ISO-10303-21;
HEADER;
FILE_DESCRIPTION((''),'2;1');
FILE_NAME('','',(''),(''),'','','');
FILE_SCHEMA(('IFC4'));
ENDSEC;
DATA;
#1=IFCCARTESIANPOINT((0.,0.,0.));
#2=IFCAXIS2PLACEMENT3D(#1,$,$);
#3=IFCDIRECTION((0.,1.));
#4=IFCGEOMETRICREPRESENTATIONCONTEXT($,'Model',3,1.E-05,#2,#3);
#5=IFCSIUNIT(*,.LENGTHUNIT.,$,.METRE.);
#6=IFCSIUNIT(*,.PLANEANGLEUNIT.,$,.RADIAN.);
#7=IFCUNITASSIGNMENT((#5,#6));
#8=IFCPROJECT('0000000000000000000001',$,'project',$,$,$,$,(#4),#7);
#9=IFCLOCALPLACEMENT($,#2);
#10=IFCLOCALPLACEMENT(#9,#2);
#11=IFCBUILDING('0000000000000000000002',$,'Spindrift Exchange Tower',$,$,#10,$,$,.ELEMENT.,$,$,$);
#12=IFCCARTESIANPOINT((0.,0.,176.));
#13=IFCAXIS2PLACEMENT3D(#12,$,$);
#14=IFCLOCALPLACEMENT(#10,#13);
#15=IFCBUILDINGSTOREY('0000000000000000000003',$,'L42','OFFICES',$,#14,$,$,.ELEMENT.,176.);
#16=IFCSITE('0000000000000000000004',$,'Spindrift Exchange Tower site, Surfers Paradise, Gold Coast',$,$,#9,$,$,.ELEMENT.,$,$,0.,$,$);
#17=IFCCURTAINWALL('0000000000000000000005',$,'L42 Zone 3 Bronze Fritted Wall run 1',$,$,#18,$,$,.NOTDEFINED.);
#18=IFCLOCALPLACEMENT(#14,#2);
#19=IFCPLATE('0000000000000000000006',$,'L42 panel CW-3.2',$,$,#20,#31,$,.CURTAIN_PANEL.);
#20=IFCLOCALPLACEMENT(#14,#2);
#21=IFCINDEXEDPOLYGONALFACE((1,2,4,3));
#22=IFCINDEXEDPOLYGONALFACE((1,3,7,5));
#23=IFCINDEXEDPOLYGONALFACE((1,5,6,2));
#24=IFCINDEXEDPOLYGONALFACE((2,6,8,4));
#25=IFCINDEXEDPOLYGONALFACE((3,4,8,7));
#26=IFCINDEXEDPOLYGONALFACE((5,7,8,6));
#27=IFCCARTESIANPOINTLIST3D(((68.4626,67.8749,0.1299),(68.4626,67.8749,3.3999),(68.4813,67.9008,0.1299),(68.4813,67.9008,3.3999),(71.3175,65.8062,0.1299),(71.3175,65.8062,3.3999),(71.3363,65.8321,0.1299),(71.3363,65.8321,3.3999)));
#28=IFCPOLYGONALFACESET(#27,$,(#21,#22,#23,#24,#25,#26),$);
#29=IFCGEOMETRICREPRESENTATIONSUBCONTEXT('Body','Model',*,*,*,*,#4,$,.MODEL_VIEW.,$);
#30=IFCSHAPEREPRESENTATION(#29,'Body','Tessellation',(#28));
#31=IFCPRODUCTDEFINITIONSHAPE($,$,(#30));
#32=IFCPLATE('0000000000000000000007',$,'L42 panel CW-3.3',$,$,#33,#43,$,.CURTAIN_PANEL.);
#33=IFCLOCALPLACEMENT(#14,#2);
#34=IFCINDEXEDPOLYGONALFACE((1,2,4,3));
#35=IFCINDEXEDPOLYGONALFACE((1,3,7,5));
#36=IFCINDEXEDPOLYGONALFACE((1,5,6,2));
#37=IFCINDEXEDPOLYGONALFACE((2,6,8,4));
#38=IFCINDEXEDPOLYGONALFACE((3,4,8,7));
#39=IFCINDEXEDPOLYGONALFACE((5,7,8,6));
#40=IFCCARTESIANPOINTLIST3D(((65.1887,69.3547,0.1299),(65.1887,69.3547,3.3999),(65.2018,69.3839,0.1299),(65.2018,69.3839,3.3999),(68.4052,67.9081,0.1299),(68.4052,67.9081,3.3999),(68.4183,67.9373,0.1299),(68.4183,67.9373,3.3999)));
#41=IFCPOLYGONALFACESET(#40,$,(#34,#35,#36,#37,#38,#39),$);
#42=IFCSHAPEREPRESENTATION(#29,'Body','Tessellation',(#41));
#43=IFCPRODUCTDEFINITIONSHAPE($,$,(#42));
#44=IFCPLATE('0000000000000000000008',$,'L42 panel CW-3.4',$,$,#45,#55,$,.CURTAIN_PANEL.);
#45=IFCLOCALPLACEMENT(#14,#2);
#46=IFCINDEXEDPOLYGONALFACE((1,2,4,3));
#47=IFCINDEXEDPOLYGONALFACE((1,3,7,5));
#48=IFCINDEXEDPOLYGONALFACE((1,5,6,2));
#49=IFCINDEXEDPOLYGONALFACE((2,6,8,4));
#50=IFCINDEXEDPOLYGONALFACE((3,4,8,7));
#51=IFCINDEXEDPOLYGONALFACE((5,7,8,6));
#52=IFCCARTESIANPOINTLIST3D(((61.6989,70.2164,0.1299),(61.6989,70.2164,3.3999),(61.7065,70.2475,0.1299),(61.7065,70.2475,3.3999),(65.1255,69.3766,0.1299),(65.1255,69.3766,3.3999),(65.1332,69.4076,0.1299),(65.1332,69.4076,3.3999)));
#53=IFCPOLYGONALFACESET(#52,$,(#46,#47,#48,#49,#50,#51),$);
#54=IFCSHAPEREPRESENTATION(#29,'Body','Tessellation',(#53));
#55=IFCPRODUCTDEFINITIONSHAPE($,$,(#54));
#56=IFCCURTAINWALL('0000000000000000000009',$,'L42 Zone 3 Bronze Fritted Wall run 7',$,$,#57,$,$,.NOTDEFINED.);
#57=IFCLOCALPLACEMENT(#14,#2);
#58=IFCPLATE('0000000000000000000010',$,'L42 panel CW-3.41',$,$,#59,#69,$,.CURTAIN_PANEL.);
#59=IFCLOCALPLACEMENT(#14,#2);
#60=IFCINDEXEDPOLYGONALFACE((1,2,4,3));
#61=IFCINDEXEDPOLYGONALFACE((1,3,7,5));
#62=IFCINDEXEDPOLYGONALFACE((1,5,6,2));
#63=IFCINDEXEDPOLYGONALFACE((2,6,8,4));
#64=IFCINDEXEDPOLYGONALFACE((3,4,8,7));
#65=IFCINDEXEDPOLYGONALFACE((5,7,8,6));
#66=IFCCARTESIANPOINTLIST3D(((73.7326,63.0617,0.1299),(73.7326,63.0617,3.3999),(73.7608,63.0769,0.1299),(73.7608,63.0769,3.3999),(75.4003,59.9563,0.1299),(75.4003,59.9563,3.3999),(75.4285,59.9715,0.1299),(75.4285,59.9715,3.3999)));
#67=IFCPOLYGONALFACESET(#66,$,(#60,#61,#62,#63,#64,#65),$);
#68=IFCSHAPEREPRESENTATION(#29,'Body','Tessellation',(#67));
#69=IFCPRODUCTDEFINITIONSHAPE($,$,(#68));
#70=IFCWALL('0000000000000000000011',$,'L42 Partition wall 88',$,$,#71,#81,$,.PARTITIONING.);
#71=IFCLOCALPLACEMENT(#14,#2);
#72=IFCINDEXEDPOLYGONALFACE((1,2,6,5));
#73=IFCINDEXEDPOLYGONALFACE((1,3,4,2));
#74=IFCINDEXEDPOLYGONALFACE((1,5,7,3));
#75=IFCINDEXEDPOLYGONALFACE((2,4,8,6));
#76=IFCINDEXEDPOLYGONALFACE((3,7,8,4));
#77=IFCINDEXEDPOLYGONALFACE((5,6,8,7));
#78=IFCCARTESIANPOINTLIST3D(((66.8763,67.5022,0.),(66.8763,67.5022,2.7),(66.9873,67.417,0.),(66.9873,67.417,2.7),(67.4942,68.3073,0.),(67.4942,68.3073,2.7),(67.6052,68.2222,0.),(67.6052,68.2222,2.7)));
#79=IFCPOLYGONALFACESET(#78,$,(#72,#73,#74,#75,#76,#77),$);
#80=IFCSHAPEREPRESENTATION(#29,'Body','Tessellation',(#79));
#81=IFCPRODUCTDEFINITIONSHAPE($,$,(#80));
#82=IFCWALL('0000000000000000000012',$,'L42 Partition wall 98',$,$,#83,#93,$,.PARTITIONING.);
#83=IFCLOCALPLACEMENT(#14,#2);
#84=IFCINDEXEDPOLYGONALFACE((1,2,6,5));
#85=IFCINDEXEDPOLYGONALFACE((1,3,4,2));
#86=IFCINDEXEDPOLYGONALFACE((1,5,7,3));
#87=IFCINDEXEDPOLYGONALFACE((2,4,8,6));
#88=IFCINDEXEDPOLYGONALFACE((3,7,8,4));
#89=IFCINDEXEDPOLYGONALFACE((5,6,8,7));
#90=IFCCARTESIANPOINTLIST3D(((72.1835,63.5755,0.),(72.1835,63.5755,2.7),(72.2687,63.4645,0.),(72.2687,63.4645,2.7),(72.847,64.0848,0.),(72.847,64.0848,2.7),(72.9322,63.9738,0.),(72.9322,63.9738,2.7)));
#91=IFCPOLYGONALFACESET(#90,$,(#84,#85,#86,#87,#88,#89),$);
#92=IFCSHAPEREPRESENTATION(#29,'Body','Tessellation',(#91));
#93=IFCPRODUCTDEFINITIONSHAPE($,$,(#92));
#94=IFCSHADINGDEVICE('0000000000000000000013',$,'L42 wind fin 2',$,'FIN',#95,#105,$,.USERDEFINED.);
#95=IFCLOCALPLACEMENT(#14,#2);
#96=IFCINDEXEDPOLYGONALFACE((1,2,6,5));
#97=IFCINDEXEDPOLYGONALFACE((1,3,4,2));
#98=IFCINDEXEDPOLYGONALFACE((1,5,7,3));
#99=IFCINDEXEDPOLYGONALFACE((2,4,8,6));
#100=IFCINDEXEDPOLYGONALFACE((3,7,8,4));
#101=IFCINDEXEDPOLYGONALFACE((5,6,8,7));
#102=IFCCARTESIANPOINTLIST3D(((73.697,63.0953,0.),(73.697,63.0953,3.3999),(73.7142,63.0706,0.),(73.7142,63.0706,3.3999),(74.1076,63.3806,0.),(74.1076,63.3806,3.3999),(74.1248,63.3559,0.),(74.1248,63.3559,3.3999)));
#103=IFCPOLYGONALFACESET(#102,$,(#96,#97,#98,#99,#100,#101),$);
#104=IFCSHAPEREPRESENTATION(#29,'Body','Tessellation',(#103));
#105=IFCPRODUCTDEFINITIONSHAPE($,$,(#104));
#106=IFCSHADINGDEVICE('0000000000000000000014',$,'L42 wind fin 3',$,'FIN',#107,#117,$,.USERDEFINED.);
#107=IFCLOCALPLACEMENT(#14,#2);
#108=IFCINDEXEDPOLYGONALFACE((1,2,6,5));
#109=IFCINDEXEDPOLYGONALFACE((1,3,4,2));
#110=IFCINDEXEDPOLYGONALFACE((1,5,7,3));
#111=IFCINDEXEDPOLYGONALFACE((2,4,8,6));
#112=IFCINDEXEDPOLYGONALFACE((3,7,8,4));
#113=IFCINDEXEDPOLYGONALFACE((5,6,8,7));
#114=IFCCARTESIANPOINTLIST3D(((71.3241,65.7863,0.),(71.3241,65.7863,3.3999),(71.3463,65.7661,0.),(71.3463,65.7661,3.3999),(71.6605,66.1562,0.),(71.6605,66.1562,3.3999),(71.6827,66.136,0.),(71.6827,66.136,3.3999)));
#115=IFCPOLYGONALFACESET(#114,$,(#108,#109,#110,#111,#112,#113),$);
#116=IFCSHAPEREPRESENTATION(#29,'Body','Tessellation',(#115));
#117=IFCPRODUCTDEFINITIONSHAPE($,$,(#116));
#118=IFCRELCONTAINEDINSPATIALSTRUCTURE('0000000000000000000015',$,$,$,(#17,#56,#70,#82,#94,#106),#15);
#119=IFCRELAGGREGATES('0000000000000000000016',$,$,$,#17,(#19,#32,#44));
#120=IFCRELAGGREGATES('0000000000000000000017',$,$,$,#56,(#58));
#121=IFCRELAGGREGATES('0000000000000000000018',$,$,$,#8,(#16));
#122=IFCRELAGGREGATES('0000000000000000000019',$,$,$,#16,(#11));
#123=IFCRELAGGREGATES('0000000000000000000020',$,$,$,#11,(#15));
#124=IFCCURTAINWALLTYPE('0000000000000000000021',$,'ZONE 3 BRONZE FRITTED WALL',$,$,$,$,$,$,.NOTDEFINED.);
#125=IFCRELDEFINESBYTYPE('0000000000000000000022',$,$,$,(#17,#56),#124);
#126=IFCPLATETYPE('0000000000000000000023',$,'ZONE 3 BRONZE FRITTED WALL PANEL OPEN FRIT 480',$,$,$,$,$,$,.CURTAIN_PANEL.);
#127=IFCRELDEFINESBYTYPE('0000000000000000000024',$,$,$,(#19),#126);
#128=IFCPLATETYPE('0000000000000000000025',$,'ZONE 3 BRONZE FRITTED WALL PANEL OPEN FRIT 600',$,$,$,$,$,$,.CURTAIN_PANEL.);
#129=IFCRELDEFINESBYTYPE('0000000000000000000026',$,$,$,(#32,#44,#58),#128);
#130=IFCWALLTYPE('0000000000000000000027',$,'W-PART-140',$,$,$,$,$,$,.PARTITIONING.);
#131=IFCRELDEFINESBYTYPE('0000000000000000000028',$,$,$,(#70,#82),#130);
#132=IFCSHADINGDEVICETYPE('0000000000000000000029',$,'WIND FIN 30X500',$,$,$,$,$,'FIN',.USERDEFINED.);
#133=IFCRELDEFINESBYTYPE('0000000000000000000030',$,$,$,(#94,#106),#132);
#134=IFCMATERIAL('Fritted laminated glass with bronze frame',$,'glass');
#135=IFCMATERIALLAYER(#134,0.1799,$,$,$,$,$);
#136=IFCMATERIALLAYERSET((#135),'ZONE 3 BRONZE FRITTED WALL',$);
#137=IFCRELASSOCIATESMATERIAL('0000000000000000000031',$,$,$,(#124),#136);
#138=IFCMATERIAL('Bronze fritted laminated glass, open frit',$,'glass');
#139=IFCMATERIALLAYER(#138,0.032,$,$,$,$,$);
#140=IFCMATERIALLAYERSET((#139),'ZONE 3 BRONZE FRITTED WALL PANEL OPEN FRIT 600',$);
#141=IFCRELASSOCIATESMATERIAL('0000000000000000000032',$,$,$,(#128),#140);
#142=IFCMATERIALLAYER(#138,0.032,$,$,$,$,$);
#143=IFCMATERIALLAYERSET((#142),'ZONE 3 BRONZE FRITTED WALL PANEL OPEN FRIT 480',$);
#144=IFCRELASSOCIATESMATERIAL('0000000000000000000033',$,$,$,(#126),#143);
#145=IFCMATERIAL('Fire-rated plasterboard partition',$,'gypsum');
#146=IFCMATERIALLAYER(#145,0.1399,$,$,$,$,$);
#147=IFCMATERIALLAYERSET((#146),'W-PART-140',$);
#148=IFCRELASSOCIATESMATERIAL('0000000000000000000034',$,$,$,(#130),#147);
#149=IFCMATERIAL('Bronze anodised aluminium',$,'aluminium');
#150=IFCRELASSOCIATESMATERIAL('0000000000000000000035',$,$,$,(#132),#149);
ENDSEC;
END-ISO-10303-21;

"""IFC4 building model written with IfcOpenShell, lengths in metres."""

from ifc_helpers import new_model, si_unit, direction, frame, frame_2d, origin, origin_2d, place, context, subcontext, project, spatial, rectangle, extrude, source, transform, mapped, material, layer, layer_set, material_profile, profile_set, type_object, element, aggregate, save


model = new_model("IFC4")

# Units and contexts
model_context = context("Model", 3, precision=1e-05, world=origin(), true_north=direction((0.0, 1.0)))
body_context = subcontext(model_context, "Body", "Model", "MODEL_VIEW")
ifc_project = project(units=[si_unit("LENGTHUNIT", "METRE"), si_unit("PLANEANGLEUNIT", "RADIAN")], contexts=[model_context])

# Site, building, storey
site_placement = place(None, origin())
site = spatial("IfcSite", under=ifc_project, at=site_placement, Name="Spindrift Exchange Tower site, Surfers Paradise, Gold Coast", CompositionType="ELEMENT", RefElevation=0.0)
building_placement = place(site_placement, origin())
building = spatial("IfcBuilding", under=site, at=building_placement, Name="Spindrift Exchange Tower", CompositionType="ELEMENT")
storey_placement = place(building_placement, frame((0.0, 0.0, 176.0)))
storey = spatial("IfcBuildingStorey", under=building, at=storey_placement, Name="L42", Description="OFFICES", CompositionType="ELEMENT", Elevation=176.0)

# Curtain wall, plates
ifc_material_1 = material(Name="Fritted laminated glass with bronze frame", Category="glass")
ifc_layer_1 = layer(ifc_material_1, 0.1799)
ifc_layer_set_1 = layer_set([ifc_layer_1], Name="ZONE 3 BRONZE FRITTED WALL")
curtain_wall_type = type_object("IfcCurtainWallType", Name="ZONE 3 BRONZE FRITTED WALL", PredefinedType="NOTDEFINED", material=ifc_layer_set_1)
curtain_wall_1_placement = place(storey_placement, origin())
curtain_wall_1 = element("IfcCurtainWall", 1, at=curtain_wall_1_placement, inside=storey, type_object=curtain_wall_type, Name="L42 Zone 3 Bronze Fritted Wall run 1", PredefinedType="NOTDEFINED")
ifc_material_2 = material(Name="Bronze anodised aluminium", Category="aluminium")
ifc_material_3 = material(Name="Bronze fritted laminated glass, open frit", Category="glass")
ifc_layer_2 = layer(ifc_material_3, 0.032)
ifc_layer_set_2 = layer_set([ifc_layer_2], Name="ZONE 3 BRONZE FRITTED WALL PANEL OPEN FRIT 600")
plate_type_1 = type_object("IfcPlateType", Name="ZONE 3 BRONZE FRITTED WALL PANEL OPEN FRIT 600", PredefinedType="CURTAIN_PANEL", material=ifc_layer_set_2)
ifc_layer_3 = layer(ifc_material_3, 0.032)
ifc_layer_set_3 = layer_set([ifc_layer_3], Name="ZONE 3 BRONZE FRITTED WALL PANEL OPEN FRIT 480")
plate_type_2 = type_object("IfcPlateType", Name="ZONE 3 BRONZE FRITTED WALL PANEL OPEN FRIT 480", PredefinedType="CURTAIN_PANEL", material=ifc_layer_set_3)
shared_shape_1 = source(origin(), body_context, "Body", "SweptSolid", [
    extrude(rectangle(XDim=3.5256, YDim=0.032, at=origin_2d()), origin(), (0.0, 0.0, 1.0), 3.27),
])
plate_1_placement = place(storey_placement, frame((69.8994, 66.8535, 0.1299), z_axis=(0.0, 0.0, 1.0), x_axis=(-0.809757, 0.586765, 0.0)))
plate_1 = element("IfcPlate", 2, at=plate_1_placement, type_object=plate_type_2, Name="L42 panel CW-3.2", PredefinedType="CURTAIN_PANEL", context=body_context, shape_type="MappedRepresentation", body=[
    mapped(shared_shape_1, transform((0.0, 0.0, 0.0), scale=1.0)),
])
shared_shape_2 = source(origin(), body_context, "Body", "SweptSolid", [
    extrude(rectangle(XDim=3.5269, YDim=0.032, at=origin_2d()), origin(), (0.0, 0.0, 1.0), 3.27),
])
plate_2_placement = place(storey_placement, frame((66.8035, 68.646, 0.1299), z_axis=(0.0, 0.0, 1.0), x_axis=(-0.912003, 0.410184, 0.0)))
plate_2 = element("IfcPlate", 3, at=plate_2_placement, type_object=plate_type_1, Name="L42 panel CW-3.3", PredefinedType="CURTAIN_PANEL", context=body_context, shape_type="MappedRepresentation", body=[
    mapped(shared_shape_2, transform((0.0, 0.0, 0.0), scale=1.0)),
])
shared_shape_3 = source(origin(), body_context, "Body", "SweptSolid", [
    extrude(rectangle(XDim=3.5281, YDim=0.032, at=origin_2d()), origin(), (0.0, 0.0, 1.0), 3.27),
])
plate_3_placement = place(storey_placement, frame((63.416, 69.812, 0.1299), z_axis=(0.0, 0.0, 1.0), x_axis=(-0.971255, 0.23804, 0.0)))
plate_3 = element("IfcPlate", 4, at=plate_3_placement, type_object=plate_type_1, Name="L42 panel CW-3.4", PredefinedType="CURTAIN_PANEL", context=body_context, shape_type="MappedRepresentation", body=[
    mapped(shared_shape_3, transform((0.0, 0.0, 0.0), scale=1.0)),
])
aggregate(curtain_wall_1, [plate_1, plate_2, plate_3])

# Curtain wall, plate
curtain_wall_2_placement = place(storey_placement, origin())
curtain_wall_2 = element("IfcCurtainWall", 5, at=curtain_wall_2_placement, inside=storey, type_object=curtain_wall_type, Name="L42 Zone 3 Bronze Fritted Wall run 7", PredefinedType="NOTDEFINED")
shared_shape_4 = source(origin(), body_context, "Body", "SweptSolid", [
    extrude(rectangle(XDim=3.5249, YDim=0.032, at=origin_2d()), origin(), (0.0, 0.0, 1.0), 3.27),
])
plate_4_placement = place(storey_placement, frame((74.5806, 61.5166, 0.1299), z_axis=(0.0, 0.0, 1.0), x_axis=(-0.473127, 0.880994, 0.0)))
plate_4 = element("IfcPlate", 6, at=plate_4_placement, type_object=plate_type_1, Name="L42 panel CW-3.41", PredefinedType="CURTAIN_PANEL", context=body_context, shape_type="MappedRepresentation", body=[
    mapped(shared_shape_4, transform((0.0, 0.0, 0.0), scale=1.0)),
])
aggregate(curtain_wall_2, [plate_4])

# Walls
ifc_material_4 = material(Name="Fire-rated plasterboard partition", Category="gypsum")
ifc_layer_4 = layer(ifc_material_4, 0.1399)
ifc_layer_set_4 = layer_set([ifc_layer_4], Name="W-PART-140")
wall_type = type_object("IfcWallType", Name="W-PART-140", PredefinedType="PARTITIONING", material=ifc_layer_set_4)
wall_1_placement = place(storey_placement, frame((66.9319, 67.4597, 0.0), z_axis=(0.0, 0.0, 1.0), x_axis=(0.608815, 0.793312, 0.0)))
element("IfcWall", 7, at=wall_1_placement, inside=storey, type_object=wall_type, Name="L42 Partition wall 88", PredefinedType="PARTITIONING", context=body_context, shape_type="SweptSolid", body=[
    extrude(rectangle(XDim=1.0149, YDim=0.1399, at=frame_2d((0.5073, 0.0))), origin(), (0.0, 0.0, 1.0), 2.7),
])
wall_2_placement = place(storey_placement, frame((72.2261, 63.52, 0.0), z_axis=(0.0, 0.0, 1.0), x_axis=(0.793296, 0.608836, 0.0)))
element("IfcWall", 8, at=wall_2_placement, inside=storey, type_object=wall_type, Name="L42 Partition wall 98", PredefinedType="PARTITIONING", context=body_context, shape_type="SweptSolid", body=[
    extrude(rectangle(XDim=0.8364, YDim=0.1399, at=frame_2d((0.4182, 0.0))), origin(), (0.0, 0.0, 1.0), 2.7),
])

# Shading devices
ifc_material_profile_1 = material_profile(ifc_material_2, rectangle(XDim=0.03, YDim=0.5, at=origin_2d()), Name="WIND FIN 30X500")
ifc_profile_set_1 = profile_set([ifc_material_profile_1], Name="Bronze anodised aluminium")
shading_device_type = type_object("IfcShadingDeviceType", Name="WIND FIN 30X500", ElementType="FIN", PredefinedType="USERDEFINED", material=ifc_profile_set_1)
shared_shape_5 = source(origin(), body_context, "Body", "SweptSolid", [
    extrude(rectangle(XDim=0.03, YDim=0.5, at=origin_2d()), origin(), (0.0, 0.0, 1.0), 3.3999),
])
for number, where, z_axis, x_axis, name in (
    (9, (73.9109, 63.2256, 0.0), (0.0, 0.0, 1.0), (-0.570628, 0.821209, 0.0), "L42 wind fin 2"),
    (10, (71.5034, 65.9612, 0.0), (0.0, 0.0, 1.0), (-0.739764, 0.672867, 0.0), "L42 wind fin 3"),
):
    element("IfcShadingDevice", number, at=place(storey_placement, frame(where, z_axis=z_axis, x_axis=x_axis)), inside=storey, type_object=shading_device_type, Name=name, ObjectType="FIN", PredefinedType="USERDEFINED", context=body_context, shape_type="MappedRepresentation", body=[
        mapped(shared_shape_5, transform((0.0, 0.0, 0.0), scale=1.0)),
    ])

save(model, "model.ifc")
